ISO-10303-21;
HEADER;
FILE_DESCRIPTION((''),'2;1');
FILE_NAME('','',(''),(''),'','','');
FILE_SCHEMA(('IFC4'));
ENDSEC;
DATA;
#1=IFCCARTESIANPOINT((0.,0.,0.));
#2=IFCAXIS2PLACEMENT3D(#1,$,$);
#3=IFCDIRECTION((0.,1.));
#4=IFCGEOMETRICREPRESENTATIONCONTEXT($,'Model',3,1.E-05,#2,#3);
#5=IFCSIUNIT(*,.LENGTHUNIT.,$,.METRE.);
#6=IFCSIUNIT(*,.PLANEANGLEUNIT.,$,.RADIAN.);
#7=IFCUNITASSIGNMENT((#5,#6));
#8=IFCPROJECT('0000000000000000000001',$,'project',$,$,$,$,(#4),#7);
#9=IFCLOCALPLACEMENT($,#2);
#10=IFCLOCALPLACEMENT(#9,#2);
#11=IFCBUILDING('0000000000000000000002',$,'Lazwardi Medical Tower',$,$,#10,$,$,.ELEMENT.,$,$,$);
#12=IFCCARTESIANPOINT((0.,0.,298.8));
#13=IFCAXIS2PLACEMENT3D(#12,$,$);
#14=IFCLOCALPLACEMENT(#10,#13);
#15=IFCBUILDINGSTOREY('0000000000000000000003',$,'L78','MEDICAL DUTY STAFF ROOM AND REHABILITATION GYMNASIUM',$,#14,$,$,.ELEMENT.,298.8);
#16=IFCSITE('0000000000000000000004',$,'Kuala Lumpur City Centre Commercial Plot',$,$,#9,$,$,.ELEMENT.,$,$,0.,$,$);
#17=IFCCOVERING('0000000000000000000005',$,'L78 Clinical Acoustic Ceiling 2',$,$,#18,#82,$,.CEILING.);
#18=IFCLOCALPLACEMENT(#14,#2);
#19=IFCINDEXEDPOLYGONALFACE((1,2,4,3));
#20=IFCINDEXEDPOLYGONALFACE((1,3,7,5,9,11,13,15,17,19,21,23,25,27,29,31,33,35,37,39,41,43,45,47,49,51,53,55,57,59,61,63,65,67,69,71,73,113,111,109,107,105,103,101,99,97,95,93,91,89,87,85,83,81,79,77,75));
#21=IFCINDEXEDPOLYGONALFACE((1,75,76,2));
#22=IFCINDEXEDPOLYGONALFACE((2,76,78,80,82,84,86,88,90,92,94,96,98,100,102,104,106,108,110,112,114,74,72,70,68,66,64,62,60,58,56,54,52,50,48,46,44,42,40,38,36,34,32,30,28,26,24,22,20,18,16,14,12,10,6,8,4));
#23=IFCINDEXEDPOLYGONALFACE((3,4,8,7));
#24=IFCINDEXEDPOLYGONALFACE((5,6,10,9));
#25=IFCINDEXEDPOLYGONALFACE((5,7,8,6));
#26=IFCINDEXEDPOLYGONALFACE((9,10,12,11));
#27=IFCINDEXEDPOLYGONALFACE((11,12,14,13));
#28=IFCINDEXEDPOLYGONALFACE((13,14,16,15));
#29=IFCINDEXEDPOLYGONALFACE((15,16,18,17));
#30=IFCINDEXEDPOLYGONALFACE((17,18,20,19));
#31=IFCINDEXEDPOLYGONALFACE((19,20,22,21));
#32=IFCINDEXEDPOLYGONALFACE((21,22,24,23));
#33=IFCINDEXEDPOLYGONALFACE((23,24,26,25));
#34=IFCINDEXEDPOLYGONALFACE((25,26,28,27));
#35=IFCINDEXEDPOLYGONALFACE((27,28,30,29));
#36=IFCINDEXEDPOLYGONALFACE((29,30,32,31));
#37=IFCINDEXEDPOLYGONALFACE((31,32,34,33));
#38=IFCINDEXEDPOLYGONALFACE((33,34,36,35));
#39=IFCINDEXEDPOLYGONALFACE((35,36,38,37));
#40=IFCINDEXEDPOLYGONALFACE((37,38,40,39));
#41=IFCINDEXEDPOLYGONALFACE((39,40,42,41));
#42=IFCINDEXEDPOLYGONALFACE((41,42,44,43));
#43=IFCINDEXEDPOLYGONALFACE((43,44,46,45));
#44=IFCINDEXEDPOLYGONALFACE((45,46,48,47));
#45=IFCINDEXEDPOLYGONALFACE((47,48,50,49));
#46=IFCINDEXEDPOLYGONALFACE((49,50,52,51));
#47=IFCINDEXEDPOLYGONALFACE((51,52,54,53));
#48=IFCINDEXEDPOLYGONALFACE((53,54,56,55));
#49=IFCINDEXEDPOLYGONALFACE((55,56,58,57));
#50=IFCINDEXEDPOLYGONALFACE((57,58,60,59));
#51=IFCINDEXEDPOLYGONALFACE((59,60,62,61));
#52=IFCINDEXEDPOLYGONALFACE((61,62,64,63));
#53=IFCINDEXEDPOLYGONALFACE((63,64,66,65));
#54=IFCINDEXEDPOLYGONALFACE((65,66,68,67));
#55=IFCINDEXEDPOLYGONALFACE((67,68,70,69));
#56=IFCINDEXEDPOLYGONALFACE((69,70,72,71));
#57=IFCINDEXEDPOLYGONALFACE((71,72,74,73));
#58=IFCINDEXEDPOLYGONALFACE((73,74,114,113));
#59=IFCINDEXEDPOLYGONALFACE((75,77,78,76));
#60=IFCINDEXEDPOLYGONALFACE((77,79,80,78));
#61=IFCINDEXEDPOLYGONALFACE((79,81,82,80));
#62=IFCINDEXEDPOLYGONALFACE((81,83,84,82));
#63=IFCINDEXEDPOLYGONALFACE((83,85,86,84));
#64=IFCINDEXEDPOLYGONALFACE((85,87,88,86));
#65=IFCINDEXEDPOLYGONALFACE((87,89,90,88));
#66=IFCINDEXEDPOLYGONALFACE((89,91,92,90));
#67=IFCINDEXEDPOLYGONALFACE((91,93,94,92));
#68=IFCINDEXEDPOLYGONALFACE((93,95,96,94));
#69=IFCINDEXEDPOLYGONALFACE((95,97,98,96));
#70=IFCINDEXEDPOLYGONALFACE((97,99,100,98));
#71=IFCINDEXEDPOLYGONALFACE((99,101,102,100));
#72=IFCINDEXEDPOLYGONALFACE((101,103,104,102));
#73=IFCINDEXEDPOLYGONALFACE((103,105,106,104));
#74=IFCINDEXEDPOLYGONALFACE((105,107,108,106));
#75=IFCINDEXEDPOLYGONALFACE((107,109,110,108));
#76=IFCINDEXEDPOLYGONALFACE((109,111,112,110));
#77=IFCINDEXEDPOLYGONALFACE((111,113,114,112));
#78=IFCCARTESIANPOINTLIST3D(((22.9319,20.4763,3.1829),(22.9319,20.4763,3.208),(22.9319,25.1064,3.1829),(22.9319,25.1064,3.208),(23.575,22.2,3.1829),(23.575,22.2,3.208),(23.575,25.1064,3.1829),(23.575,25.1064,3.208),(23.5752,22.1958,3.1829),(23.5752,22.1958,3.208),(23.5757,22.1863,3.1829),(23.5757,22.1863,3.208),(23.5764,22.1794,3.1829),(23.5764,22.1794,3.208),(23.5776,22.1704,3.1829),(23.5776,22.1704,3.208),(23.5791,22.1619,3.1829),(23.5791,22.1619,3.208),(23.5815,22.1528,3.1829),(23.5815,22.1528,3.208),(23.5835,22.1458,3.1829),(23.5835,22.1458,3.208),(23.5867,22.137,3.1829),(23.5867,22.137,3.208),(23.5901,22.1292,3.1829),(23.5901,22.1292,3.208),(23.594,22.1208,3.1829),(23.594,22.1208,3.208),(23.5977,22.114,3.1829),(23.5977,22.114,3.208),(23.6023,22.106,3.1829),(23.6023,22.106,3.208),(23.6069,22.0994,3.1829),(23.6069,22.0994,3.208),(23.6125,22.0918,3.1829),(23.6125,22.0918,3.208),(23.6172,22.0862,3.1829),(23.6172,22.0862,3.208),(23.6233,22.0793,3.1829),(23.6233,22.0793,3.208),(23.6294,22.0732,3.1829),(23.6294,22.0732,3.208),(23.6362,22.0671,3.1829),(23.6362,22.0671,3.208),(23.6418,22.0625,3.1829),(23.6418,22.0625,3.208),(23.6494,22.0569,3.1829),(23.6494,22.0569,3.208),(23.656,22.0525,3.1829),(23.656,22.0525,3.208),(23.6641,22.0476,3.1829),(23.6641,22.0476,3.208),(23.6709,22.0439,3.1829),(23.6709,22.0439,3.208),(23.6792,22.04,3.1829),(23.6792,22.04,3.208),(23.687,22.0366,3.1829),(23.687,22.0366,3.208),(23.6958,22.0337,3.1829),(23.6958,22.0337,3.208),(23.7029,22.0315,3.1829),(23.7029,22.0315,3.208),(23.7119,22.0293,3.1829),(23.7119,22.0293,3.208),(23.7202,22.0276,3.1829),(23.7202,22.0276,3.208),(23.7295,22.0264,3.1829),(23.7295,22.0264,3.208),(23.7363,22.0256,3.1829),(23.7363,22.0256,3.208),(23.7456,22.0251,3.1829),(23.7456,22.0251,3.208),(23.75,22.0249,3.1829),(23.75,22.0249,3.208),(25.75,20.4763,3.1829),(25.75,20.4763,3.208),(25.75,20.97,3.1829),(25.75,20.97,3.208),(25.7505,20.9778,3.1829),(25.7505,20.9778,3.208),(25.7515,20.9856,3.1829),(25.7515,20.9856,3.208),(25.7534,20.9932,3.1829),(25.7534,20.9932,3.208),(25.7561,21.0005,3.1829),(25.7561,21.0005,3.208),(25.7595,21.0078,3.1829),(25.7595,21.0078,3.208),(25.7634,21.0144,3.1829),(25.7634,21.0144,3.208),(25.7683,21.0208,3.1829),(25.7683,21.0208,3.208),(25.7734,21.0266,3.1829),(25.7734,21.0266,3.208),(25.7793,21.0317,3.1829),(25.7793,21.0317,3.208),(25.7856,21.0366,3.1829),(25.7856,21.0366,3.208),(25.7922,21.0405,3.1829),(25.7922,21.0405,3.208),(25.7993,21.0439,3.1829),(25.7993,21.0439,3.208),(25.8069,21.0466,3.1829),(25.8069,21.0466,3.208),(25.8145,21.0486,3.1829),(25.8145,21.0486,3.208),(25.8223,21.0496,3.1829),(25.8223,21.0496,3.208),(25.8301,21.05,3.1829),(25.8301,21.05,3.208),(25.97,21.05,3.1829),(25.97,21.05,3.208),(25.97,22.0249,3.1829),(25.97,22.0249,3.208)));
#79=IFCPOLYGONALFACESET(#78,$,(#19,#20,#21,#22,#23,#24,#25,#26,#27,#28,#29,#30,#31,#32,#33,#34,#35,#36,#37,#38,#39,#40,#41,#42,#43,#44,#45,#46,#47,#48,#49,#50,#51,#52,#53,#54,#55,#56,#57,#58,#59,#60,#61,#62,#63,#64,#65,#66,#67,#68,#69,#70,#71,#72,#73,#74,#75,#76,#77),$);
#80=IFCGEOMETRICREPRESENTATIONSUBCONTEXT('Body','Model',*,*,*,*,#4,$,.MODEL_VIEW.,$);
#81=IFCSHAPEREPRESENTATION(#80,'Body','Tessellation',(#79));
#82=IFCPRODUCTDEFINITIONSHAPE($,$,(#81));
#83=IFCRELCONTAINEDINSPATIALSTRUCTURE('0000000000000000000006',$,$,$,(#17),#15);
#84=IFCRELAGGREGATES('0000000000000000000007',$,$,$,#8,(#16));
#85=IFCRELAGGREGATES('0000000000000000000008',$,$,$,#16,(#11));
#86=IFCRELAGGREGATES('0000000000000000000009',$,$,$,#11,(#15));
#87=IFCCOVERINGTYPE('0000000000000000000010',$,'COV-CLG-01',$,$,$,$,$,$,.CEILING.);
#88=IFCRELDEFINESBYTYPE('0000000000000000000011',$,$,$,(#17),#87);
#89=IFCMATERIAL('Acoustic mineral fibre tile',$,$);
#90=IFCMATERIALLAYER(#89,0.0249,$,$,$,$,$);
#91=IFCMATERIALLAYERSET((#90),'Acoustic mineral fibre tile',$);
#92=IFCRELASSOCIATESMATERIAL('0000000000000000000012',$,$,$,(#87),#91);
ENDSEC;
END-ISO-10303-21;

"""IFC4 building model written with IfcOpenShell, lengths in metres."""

from ifc_helpers import new_model, si_unit, direction, frame, origin, place, context, subcontext, project, spatial, polyline, outline, extrude, material, layer, layer_set, type_object, element, save


model = new_model("IFC4")

# Units and contexts
model_context = context("Model", 3, precision=1e-05, world=origin(), true_north=direction((0.0, 1.0)))
body_context = subcontext(model_context, "Body", "Model", "MODEL_VIEW")
ifc_project = project(units=[si_unit("LENGTHUNIT", "METRE"), si_unit("PLANEANGLEUNIT", "RADIAN")], contexts=[model_context])

# Site, building, storey
site_placement = place(None, origin())
site = spatial("IfcSite", under=ifc_project, at=site_placement, Name="Kuala Lumpur City Centre Commercial Plot", CompositionType="ELEMENT", RefElevation=0.0)
building_placement = place(site_placement, origin())
building = spatial("IfcBuilding", under=site, at=building_placement, Name="Lazwardi Medical Tower", CompositionType="ELEMENT")
storey_placement = place(building_placement, frame((0.0, 0.0, 298.8)))
storey = spatial("IfcBuildingStorey", under=building, at=storey_placement, Name="L78", Description="MEDICAL DUTY STAFF ROOM AND REHABILITATION GYMNASIUM", CompositionType="ELEMENT", Elevation=298.8)

# Covering
ifc_material_1 = material(Name="Acoustic mineral fibre tile")
ifc_layer_1 = layer(ifc_material_1, 0.0249)
ifc_layer_set_1 = layer_set([ifc_layer_1], Name="Acoustic mineral fibre tile")
covering_type_1 = type_object("IfcCoveringType", Name="COV-CLG-01", PredefinedType="CEILING", material=ifc_layer_set_1)
covering_1_placement = place(storey_placement, frame((0.0, 0.0, 3.1829)))
element("IfcCovering", 1, at=covering_1_placement, inside=storey, type_object=covering_type_1, Name="L78 Clinical Acoustic Ceiling 2", PredefinedType="CEILING", context=body_context, shape_type="SweptSolid", body=[
    extrude(outline(polyline([(25.75, 20.4763), (25.75, 20.97), (25.7505, 20.9778), (25.7515, 20.9856), (25.7534, 20.9932), (25.7561, 21.0005), (25.7595, 21.0078), (25.7634, 21.0144), (25.7683, 21.0208), (25.7734, 21.0266), (25.7793, 21.0317), (25.7856, 21.0366), (25.7922, 21.0405), (25.7993, 21.0439), (25.8069, 21.0466), (25.8145, 21.0486), (25.8223, 21.0496), (25.8301, 21.05), (25.97, 21.05), (25.97, 22.0249), (23.75, 22.0249), (23.7456, 22.0251), (23.7363, 22.0256), (23.7295, 22.0264), (23.7202, 22.0276), (23.7119, 22.0293), (23.7029, 22.0315), (23.6958, 22.0337), (23.687, 22.0366), (23.6792, 22.04), (23.6709, 22.0439), (23.6641, 22.0476), (23.656, 22.0525), (23.6494, 22.0569), (23.6418, 22.0625), (23.6362, 22.0671), (23.6294, 22.0732), (23.6233, 22.0793), (23.6172, 22.0862), (23.6125, 22.0918), (23.6069, 22.0994), (23.6023, 22.106), (23.5977, 22.114), (23.594, 22.1208), (23.5901, 22.1292), (23.5867, 22.137), (23.5835, 22.1458), (23.5815, 22.1528), (23.5791, 22.1619), (23.5776, 22.1704), (23.5764, 22.1794), (23.5757, 22.1863), (23.5752, 22.1958), (23.575, 22.2), (23.575, 25.1064), (22.9319, 25.1064), (22.9319, 20.4763), (25.75, 20.4763)])), origin(), (0.0, 0.0, 1.0), 0.0251),
])

save(model, "model.ifc")
